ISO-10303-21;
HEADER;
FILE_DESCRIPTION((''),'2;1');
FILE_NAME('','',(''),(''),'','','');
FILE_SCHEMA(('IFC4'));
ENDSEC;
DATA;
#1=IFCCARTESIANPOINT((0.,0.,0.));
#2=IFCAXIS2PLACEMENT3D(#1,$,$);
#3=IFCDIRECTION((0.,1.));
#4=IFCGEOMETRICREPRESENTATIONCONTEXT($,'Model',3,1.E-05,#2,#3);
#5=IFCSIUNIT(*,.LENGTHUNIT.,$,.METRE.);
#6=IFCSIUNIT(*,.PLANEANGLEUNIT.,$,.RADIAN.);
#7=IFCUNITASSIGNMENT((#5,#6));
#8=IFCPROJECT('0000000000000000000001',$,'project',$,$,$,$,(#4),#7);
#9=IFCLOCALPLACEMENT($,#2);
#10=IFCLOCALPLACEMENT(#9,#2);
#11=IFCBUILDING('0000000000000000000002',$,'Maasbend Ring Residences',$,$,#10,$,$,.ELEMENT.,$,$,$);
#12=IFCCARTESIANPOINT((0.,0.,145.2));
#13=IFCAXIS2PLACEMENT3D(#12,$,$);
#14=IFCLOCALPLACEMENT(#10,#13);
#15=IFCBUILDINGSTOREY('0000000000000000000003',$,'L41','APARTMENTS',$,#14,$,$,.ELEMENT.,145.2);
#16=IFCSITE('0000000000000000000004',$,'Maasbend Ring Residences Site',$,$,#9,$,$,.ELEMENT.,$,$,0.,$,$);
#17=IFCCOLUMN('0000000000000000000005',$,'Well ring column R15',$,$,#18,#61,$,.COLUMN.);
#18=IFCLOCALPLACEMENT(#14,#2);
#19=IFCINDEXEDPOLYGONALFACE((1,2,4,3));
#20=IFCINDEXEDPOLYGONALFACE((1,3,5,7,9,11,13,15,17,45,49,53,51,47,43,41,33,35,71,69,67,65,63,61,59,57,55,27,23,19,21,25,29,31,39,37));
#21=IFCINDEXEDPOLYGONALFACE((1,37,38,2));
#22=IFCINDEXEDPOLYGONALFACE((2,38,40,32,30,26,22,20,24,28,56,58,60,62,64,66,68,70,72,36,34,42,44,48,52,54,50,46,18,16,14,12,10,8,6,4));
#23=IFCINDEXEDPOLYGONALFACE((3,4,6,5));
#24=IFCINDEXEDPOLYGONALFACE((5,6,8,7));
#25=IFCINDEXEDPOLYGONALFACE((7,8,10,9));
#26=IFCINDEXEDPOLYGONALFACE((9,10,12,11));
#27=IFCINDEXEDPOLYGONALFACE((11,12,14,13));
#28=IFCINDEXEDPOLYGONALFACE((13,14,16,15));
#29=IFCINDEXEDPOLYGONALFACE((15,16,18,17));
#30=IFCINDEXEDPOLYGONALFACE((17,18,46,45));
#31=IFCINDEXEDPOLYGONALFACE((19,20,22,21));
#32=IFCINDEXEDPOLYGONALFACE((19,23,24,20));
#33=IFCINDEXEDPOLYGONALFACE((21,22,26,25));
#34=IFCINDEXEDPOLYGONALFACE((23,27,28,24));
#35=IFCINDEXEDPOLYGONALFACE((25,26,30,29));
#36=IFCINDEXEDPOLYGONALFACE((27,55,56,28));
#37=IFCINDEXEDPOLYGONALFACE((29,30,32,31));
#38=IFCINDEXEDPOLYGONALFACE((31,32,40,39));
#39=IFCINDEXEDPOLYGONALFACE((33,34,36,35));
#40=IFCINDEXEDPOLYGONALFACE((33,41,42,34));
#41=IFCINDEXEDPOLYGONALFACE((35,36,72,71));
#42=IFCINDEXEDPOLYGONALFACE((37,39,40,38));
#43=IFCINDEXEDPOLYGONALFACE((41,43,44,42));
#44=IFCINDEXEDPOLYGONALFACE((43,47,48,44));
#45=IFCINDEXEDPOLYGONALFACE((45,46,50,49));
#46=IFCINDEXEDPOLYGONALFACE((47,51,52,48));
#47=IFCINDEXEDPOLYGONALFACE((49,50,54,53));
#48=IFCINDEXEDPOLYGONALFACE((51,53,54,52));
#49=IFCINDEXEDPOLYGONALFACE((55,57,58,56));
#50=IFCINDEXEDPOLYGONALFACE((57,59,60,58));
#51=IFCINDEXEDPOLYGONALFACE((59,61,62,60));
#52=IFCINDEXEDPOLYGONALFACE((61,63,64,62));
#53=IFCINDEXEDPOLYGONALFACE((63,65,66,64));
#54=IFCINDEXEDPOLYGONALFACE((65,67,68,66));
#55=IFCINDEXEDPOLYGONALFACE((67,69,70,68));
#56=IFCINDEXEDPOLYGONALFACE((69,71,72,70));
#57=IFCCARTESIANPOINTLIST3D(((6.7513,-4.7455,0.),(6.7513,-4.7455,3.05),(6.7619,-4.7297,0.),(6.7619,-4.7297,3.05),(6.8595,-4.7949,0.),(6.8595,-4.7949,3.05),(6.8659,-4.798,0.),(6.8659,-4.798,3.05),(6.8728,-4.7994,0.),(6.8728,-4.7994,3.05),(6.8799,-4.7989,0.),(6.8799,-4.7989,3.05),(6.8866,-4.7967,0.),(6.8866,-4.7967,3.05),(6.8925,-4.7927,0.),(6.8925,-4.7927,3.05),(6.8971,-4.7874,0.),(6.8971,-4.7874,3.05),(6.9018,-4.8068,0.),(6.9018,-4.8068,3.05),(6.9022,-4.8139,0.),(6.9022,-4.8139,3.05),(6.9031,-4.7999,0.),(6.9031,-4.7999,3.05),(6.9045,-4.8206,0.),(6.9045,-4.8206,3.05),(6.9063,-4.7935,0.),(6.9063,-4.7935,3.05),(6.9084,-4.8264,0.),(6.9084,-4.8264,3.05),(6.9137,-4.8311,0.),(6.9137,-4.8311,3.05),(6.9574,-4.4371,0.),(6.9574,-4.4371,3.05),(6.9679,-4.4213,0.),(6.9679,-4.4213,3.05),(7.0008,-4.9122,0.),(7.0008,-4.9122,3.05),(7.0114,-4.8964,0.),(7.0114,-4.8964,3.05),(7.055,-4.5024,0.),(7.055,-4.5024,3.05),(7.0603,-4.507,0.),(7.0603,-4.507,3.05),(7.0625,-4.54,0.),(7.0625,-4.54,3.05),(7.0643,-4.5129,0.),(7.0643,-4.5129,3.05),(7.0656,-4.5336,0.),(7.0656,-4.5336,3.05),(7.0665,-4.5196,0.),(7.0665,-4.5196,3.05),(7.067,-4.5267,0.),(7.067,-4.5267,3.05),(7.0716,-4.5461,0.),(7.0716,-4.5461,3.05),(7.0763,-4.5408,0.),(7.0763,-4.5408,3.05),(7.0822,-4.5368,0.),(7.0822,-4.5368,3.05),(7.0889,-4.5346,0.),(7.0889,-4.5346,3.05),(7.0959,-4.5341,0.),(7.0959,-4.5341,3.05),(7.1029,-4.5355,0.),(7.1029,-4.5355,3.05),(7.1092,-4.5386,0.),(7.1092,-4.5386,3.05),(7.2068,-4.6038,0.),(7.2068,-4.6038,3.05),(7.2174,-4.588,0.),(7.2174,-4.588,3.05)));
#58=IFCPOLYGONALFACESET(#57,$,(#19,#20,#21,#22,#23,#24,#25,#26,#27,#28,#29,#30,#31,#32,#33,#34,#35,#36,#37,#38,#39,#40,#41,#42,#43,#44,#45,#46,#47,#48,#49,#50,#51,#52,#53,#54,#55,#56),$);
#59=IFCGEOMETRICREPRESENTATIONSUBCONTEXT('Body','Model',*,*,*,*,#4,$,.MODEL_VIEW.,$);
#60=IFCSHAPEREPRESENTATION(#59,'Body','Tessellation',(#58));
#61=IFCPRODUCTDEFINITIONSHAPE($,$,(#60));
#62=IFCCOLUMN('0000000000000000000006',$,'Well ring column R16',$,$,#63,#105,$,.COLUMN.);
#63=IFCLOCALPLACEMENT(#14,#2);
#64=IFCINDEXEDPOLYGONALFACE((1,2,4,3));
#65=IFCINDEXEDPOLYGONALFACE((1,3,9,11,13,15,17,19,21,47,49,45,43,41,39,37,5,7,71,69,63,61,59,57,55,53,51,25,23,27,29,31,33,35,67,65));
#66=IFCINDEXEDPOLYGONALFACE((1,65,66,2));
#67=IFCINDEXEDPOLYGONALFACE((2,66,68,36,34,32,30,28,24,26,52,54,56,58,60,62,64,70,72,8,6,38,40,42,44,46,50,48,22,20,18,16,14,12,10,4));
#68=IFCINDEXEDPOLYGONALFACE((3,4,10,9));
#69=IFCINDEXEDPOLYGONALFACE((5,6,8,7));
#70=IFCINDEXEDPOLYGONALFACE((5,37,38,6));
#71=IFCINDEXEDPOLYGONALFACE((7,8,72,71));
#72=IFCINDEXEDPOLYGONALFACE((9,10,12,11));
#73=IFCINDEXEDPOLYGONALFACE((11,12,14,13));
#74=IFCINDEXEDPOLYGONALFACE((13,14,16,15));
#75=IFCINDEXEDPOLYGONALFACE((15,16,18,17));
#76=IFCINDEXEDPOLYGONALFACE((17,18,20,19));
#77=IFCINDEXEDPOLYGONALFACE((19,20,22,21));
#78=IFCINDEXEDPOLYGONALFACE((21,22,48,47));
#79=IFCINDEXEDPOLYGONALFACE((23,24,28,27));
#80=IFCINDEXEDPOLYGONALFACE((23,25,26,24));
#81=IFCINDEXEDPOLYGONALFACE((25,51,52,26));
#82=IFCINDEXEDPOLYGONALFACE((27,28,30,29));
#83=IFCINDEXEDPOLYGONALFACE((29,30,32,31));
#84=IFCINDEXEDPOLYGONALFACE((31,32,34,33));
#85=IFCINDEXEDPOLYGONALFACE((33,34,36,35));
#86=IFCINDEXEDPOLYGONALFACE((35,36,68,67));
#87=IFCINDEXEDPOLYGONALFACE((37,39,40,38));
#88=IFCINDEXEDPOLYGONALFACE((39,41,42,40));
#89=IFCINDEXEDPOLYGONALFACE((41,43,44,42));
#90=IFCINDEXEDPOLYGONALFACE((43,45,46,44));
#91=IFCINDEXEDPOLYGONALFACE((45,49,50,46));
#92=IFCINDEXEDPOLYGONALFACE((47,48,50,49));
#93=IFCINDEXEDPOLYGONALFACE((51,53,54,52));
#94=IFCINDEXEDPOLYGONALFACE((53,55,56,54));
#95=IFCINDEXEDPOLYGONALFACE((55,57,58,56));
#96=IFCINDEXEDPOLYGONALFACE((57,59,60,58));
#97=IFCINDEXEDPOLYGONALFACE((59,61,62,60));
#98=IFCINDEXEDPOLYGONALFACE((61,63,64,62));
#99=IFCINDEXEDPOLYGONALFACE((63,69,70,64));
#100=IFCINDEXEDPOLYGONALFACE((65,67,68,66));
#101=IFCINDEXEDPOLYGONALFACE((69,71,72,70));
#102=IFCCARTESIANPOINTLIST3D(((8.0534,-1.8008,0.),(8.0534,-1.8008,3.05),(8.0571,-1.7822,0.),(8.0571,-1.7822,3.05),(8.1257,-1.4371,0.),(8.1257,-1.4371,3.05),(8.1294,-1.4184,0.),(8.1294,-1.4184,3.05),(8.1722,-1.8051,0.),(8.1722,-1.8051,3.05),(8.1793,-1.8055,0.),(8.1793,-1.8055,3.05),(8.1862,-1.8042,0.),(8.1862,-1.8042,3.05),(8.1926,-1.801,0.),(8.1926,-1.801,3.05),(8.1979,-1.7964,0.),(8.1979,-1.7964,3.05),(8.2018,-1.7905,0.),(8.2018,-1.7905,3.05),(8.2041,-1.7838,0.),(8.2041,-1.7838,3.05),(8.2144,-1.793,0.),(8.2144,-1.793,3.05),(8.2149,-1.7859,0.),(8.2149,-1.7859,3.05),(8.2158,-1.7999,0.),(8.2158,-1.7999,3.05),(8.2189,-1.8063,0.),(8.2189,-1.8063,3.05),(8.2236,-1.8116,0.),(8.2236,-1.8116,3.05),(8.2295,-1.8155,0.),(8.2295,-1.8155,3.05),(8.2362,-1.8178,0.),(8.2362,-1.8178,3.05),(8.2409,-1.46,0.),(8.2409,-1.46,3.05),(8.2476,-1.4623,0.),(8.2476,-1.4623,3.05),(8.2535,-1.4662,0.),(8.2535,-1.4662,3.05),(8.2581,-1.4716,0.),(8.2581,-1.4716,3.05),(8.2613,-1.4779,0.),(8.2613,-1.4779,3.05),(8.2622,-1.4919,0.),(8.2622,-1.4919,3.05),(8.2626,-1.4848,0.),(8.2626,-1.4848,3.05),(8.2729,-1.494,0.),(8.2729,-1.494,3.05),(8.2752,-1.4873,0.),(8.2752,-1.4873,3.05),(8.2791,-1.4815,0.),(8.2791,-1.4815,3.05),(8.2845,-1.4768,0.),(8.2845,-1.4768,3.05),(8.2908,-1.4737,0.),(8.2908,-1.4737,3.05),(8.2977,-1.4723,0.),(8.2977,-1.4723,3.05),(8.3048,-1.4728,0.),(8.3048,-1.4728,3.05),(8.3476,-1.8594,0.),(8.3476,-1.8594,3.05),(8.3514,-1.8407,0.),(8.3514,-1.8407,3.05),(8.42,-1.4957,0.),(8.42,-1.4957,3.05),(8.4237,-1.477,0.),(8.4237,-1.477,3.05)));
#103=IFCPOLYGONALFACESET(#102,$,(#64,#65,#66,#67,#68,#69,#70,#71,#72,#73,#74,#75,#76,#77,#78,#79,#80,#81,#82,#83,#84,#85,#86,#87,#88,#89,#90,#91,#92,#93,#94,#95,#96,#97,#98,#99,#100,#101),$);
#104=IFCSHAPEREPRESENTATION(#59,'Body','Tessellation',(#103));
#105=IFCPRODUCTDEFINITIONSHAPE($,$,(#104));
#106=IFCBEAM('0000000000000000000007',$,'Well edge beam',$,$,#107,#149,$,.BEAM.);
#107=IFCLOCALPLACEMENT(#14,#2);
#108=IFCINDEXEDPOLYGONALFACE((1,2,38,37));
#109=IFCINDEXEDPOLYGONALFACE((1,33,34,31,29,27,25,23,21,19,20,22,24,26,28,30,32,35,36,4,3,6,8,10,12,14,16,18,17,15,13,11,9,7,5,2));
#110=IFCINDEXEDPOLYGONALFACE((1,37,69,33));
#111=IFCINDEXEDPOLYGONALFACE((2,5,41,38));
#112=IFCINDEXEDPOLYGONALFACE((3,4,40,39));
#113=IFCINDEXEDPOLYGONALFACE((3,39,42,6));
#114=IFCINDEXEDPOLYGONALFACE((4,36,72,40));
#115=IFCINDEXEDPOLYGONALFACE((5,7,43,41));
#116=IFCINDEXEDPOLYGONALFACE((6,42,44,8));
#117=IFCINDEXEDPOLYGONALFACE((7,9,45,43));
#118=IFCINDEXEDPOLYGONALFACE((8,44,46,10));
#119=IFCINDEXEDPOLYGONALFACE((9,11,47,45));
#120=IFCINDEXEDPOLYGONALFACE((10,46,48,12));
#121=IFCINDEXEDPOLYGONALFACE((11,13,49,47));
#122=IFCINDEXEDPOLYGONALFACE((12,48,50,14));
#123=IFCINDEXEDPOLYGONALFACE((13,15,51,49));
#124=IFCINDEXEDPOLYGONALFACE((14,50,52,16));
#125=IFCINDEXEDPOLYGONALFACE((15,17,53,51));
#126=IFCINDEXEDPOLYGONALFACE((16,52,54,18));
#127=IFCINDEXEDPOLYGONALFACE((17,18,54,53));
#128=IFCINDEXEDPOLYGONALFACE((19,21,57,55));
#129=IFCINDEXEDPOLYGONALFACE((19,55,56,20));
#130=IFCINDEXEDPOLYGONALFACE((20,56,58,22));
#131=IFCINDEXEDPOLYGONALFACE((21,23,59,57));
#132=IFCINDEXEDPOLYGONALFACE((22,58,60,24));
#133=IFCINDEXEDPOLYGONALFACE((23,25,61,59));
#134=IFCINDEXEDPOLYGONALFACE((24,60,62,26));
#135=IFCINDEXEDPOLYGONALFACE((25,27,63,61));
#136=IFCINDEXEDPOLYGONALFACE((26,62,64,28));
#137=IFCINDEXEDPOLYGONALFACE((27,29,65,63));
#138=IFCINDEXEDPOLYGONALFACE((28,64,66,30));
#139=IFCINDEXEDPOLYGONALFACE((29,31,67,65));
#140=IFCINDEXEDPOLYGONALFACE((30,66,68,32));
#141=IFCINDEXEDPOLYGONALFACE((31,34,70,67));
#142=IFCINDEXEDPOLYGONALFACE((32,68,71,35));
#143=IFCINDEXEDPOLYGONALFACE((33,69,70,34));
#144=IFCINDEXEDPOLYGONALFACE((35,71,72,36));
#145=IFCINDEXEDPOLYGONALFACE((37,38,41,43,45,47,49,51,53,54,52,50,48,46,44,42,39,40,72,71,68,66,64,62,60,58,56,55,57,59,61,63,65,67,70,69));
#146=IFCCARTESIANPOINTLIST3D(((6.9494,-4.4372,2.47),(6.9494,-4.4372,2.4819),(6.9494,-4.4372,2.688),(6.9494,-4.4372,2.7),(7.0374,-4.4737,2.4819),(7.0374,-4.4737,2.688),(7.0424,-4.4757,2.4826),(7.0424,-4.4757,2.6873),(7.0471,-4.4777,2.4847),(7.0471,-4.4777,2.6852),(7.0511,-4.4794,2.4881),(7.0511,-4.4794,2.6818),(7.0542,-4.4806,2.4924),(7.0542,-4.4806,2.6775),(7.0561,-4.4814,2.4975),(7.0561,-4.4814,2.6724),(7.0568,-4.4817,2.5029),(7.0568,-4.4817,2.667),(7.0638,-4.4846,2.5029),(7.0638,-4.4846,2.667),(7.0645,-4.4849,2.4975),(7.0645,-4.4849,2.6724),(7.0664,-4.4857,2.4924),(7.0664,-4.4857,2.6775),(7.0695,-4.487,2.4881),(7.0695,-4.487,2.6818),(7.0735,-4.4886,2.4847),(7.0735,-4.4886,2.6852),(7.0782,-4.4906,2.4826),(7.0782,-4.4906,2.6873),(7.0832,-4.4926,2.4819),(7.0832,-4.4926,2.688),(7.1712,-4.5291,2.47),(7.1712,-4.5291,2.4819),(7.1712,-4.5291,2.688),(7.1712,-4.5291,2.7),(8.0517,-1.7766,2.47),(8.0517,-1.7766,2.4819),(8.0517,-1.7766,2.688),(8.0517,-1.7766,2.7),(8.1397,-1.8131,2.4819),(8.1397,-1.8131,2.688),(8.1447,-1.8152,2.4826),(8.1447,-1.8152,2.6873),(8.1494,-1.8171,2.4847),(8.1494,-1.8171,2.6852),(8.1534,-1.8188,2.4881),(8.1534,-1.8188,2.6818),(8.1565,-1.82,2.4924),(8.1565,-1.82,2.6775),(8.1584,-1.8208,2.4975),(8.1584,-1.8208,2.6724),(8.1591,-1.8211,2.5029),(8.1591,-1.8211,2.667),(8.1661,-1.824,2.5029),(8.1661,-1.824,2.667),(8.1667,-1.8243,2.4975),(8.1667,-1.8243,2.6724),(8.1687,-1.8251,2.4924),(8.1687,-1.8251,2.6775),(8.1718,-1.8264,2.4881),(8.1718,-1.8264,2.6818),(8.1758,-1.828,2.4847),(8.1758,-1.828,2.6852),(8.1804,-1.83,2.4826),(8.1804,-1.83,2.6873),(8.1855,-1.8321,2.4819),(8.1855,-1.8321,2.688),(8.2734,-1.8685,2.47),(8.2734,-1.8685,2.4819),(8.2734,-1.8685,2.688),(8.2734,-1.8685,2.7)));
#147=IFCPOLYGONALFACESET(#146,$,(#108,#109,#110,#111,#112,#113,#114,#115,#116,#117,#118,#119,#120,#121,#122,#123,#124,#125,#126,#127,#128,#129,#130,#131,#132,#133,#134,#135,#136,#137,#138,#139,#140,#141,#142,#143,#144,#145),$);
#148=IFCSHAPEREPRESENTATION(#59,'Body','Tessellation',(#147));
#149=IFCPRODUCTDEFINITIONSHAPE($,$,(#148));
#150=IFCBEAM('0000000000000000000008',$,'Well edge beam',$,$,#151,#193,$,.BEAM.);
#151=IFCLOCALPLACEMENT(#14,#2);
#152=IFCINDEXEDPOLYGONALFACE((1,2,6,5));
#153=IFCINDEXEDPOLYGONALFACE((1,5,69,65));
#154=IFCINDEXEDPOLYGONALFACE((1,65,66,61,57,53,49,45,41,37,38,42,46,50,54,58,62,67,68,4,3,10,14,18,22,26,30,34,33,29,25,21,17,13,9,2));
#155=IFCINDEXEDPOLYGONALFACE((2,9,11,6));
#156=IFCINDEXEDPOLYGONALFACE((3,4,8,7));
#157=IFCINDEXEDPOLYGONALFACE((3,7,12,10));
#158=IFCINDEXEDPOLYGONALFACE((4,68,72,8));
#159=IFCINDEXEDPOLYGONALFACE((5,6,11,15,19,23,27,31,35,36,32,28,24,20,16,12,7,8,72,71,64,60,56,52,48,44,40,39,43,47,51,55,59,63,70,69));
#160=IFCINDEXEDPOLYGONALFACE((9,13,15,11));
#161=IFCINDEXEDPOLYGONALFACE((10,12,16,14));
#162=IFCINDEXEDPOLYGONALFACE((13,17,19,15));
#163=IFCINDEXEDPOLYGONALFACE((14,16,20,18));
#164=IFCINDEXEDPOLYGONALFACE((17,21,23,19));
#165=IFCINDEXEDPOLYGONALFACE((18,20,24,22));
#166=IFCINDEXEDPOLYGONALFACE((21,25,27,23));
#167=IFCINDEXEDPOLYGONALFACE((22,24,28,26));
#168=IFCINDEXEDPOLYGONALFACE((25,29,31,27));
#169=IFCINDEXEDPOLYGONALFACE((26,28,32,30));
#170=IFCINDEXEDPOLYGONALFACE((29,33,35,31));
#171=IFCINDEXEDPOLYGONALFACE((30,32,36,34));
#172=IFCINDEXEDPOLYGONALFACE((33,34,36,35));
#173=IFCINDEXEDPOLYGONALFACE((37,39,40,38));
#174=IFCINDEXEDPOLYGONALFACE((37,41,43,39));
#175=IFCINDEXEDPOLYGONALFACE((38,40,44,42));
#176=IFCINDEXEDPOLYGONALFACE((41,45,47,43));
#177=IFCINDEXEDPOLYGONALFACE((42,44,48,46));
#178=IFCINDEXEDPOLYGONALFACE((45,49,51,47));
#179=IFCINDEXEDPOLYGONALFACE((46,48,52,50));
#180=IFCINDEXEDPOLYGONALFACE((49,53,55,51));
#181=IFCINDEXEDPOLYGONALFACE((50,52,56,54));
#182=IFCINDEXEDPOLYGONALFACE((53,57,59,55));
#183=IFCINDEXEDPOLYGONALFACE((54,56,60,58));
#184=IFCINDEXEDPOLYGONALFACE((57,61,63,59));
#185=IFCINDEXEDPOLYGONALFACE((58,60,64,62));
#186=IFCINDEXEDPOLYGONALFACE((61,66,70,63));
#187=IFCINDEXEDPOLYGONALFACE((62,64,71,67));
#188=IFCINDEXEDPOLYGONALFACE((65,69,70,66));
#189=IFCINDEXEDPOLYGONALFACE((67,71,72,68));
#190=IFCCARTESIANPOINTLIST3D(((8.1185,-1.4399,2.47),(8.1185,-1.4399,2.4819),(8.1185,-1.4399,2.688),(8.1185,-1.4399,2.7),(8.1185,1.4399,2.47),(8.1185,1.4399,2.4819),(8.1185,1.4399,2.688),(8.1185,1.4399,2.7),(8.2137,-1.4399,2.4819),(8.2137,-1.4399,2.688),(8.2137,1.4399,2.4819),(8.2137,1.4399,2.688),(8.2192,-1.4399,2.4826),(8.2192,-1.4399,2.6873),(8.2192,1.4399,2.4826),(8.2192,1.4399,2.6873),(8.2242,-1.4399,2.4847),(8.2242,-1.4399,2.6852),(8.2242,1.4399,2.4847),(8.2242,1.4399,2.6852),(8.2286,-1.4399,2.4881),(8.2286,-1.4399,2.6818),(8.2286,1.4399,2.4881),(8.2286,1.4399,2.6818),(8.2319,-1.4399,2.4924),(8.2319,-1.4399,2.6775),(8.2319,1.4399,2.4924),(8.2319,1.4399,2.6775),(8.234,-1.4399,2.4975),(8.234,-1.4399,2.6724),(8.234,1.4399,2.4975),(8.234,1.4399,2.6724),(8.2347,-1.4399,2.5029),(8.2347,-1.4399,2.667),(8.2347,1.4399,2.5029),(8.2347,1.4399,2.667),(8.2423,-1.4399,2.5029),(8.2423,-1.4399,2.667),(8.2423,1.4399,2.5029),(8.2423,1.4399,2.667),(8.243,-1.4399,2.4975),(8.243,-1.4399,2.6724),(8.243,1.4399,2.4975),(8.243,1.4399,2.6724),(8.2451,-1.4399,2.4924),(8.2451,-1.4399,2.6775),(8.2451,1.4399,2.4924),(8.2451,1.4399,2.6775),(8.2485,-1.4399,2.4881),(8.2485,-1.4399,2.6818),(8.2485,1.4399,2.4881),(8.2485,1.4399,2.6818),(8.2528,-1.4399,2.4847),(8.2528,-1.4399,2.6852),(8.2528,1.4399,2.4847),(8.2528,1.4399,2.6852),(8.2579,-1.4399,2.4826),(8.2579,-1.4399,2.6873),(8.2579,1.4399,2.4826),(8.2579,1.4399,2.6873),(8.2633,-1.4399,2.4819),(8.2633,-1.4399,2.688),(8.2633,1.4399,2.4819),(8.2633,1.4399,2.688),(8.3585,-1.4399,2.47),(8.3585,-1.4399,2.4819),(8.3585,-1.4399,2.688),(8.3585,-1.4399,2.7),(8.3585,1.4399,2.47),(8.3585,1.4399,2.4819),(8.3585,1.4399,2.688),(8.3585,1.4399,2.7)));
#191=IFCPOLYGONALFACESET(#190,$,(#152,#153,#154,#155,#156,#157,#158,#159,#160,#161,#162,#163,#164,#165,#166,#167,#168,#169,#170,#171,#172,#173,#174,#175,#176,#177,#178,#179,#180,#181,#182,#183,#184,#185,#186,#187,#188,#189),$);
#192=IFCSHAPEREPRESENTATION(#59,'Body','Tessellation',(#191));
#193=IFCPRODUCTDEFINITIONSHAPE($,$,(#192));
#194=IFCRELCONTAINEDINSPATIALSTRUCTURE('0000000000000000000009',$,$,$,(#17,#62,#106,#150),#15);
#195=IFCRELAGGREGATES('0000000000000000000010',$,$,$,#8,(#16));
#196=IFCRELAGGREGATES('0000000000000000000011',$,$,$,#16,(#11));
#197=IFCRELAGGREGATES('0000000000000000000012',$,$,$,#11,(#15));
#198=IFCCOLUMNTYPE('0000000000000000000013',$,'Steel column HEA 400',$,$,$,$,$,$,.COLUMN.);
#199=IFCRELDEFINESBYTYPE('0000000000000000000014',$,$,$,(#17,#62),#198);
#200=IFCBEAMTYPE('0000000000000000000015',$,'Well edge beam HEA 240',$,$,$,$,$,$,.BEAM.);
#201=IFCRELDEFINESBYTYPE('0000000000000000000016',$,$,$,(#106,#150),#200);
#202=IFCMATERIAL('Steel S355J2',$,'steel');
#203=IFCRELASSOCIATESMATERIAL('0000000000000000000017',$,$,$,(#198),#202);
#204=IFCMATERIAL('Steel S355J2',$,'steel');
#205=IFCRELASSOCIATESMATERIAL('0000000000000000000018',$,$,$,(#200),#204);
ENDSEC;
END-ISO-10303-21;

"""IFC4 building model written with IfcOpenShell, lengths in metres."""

from ifc_helpers import new_model, si_unit, direction, frame, origin, origin_2d, place, context, subcontext, project, spatial, i_section, extrude, material, material_profile, profile_set, type_object, element, save


model = new_model("IFC4")

# Units and contexts
model_context = context("Model", 3, precision=1e-05, world=origin(), true_north=direction((0.0, 1.0)))
body_context = subcontext(model_context, "Body", "Model", "MODEL_VIEW")
ifc_project = project(units=[si_unit("LENGTHUNIT", "METRE"), si_unit("PLANEANGLEUNIT", "RADIAN")], contexts=[model_context])

# Site, building, storey
site_placement = place(None, origin())
site = spatial("IfcSite", under=ifc_project, at=site_placement, Name="Maasbend Ring Residences Site", CompositionType="ELEMENT", RefElevation=0.0)
building_placement = place(site_placement, origin())
building = spatial("IfcBuilding", under=site, at=building_placement, Name="Maasbend Ring Residences", CompositionType="ELEMENT")
storey_placement = place(building_placement, frame((0.0, 0.0, 145.2)))
storey = spatial("IfcBuildingStorey", under=building, at=storey_placement, Name="L41", Description="APARTMENTS", CompositionType="ELEMENT", Elevation=145.2)

# Columns
ifc_material_1 = material(Name="Steel S355J2", Category="steel")
ifc_material_profile_1 = material_profile(ifc_material_1, i_section(OverallWidth=0.3, OverallDepth=0.3899, WebThickness=0.011, FlangeThickness=0.019, FilletRadius=0.0271, at=origin_2d()), Name="HEA 400")
ifc_profile_set_1 = profile_set([ifc_material_profile_1], Name="Steel S355J2")
column_type = type_object("IfcColumnType", Name="Steel column HEA 400", PredefinedType="COLUMN", material=ifc_profile_set_1)
for number, where, z_axis, x_axis, name in (
    (1, (6.9844, -4.6667, 0.0), (0.0, 0.0, 1.0), (0.83147, -0.55557, 0.0), "Well ring column R15"),
    (2, (8.2385, -1.6389, 0.0), (0.0, 0.0, 1.0), (0.980785, -0.19509, 0.0), "Well ring column R16"),
):
    element("IfcColumn", number, at=place(storey_placement, frame(where, z_axis=z_axis, x_axis=x_axis)), inside=storey, type_object=column_type, Name=name, PredefinedType="COLUMN", context=body_context, shape_type="SweptSolid", body=[
        extrude(i_section(OverallWidth=0.3, OverallDepth=0.3899, WebThickness=0.011, FlangeThickness=0.019, FilletRadius=0.0271, at=origin_2d()), origin(), (0.0, 0.0, 1.0), 3.05),
    ])

# Beams
ifc_material_2 = material(Name="Steel S355J2", Category="steel")
ifc_material_profile_2 = material_profile(ifc_material_2, i_section(OverallWidth=0.24, OverallDepth=0.23, WebThickness=0.0076, FlangeThickness=0.012, FilletRadius=0.021, at=origin_2d()), Name="HEA 240")
ifc_profile_set_2 = profile_set([ifc_material_profile_2], Name="Steel S355J2")
beam_type = type_object("IfcBeamType", Name="Well edge beam HEA 240", PredefinedType="BEAM", material=ifc_profile_set_2)
for number, where, z_axis, x_axis, name in (
    (3, (7.0603, -4.4832, 2.585), (0.382749, 0.923853, 0.0), (-0.923853, 0.382749, 0.0), "Well edge beam"),
    (4, (8.2385, -1.4399, 2.585), (0.0, 1.0, 0.0), (-1.0, 0.0, 0.0), "Well edge beam"),
):
    element("IfcBeam", number, at=place(storey_placement, frame(where, z_axis=z_axis, x_axis=x_axis)), inside=storey, type_object=beam_type, Name=name, PredefinedType="BEAM", context=body_context, shape_type="SweptSolid", body=[
        extrude(i_section(OverallWidth=0.24, OverallDepth=0.23, WebThickness=0.0076, FlangeThickness=0.012, FilletRadius=0.021, at=origin_2d()), origin(), (0.0, 0.0, 1.0), 2.8799),
    ])

save(model, "model.ifc")
